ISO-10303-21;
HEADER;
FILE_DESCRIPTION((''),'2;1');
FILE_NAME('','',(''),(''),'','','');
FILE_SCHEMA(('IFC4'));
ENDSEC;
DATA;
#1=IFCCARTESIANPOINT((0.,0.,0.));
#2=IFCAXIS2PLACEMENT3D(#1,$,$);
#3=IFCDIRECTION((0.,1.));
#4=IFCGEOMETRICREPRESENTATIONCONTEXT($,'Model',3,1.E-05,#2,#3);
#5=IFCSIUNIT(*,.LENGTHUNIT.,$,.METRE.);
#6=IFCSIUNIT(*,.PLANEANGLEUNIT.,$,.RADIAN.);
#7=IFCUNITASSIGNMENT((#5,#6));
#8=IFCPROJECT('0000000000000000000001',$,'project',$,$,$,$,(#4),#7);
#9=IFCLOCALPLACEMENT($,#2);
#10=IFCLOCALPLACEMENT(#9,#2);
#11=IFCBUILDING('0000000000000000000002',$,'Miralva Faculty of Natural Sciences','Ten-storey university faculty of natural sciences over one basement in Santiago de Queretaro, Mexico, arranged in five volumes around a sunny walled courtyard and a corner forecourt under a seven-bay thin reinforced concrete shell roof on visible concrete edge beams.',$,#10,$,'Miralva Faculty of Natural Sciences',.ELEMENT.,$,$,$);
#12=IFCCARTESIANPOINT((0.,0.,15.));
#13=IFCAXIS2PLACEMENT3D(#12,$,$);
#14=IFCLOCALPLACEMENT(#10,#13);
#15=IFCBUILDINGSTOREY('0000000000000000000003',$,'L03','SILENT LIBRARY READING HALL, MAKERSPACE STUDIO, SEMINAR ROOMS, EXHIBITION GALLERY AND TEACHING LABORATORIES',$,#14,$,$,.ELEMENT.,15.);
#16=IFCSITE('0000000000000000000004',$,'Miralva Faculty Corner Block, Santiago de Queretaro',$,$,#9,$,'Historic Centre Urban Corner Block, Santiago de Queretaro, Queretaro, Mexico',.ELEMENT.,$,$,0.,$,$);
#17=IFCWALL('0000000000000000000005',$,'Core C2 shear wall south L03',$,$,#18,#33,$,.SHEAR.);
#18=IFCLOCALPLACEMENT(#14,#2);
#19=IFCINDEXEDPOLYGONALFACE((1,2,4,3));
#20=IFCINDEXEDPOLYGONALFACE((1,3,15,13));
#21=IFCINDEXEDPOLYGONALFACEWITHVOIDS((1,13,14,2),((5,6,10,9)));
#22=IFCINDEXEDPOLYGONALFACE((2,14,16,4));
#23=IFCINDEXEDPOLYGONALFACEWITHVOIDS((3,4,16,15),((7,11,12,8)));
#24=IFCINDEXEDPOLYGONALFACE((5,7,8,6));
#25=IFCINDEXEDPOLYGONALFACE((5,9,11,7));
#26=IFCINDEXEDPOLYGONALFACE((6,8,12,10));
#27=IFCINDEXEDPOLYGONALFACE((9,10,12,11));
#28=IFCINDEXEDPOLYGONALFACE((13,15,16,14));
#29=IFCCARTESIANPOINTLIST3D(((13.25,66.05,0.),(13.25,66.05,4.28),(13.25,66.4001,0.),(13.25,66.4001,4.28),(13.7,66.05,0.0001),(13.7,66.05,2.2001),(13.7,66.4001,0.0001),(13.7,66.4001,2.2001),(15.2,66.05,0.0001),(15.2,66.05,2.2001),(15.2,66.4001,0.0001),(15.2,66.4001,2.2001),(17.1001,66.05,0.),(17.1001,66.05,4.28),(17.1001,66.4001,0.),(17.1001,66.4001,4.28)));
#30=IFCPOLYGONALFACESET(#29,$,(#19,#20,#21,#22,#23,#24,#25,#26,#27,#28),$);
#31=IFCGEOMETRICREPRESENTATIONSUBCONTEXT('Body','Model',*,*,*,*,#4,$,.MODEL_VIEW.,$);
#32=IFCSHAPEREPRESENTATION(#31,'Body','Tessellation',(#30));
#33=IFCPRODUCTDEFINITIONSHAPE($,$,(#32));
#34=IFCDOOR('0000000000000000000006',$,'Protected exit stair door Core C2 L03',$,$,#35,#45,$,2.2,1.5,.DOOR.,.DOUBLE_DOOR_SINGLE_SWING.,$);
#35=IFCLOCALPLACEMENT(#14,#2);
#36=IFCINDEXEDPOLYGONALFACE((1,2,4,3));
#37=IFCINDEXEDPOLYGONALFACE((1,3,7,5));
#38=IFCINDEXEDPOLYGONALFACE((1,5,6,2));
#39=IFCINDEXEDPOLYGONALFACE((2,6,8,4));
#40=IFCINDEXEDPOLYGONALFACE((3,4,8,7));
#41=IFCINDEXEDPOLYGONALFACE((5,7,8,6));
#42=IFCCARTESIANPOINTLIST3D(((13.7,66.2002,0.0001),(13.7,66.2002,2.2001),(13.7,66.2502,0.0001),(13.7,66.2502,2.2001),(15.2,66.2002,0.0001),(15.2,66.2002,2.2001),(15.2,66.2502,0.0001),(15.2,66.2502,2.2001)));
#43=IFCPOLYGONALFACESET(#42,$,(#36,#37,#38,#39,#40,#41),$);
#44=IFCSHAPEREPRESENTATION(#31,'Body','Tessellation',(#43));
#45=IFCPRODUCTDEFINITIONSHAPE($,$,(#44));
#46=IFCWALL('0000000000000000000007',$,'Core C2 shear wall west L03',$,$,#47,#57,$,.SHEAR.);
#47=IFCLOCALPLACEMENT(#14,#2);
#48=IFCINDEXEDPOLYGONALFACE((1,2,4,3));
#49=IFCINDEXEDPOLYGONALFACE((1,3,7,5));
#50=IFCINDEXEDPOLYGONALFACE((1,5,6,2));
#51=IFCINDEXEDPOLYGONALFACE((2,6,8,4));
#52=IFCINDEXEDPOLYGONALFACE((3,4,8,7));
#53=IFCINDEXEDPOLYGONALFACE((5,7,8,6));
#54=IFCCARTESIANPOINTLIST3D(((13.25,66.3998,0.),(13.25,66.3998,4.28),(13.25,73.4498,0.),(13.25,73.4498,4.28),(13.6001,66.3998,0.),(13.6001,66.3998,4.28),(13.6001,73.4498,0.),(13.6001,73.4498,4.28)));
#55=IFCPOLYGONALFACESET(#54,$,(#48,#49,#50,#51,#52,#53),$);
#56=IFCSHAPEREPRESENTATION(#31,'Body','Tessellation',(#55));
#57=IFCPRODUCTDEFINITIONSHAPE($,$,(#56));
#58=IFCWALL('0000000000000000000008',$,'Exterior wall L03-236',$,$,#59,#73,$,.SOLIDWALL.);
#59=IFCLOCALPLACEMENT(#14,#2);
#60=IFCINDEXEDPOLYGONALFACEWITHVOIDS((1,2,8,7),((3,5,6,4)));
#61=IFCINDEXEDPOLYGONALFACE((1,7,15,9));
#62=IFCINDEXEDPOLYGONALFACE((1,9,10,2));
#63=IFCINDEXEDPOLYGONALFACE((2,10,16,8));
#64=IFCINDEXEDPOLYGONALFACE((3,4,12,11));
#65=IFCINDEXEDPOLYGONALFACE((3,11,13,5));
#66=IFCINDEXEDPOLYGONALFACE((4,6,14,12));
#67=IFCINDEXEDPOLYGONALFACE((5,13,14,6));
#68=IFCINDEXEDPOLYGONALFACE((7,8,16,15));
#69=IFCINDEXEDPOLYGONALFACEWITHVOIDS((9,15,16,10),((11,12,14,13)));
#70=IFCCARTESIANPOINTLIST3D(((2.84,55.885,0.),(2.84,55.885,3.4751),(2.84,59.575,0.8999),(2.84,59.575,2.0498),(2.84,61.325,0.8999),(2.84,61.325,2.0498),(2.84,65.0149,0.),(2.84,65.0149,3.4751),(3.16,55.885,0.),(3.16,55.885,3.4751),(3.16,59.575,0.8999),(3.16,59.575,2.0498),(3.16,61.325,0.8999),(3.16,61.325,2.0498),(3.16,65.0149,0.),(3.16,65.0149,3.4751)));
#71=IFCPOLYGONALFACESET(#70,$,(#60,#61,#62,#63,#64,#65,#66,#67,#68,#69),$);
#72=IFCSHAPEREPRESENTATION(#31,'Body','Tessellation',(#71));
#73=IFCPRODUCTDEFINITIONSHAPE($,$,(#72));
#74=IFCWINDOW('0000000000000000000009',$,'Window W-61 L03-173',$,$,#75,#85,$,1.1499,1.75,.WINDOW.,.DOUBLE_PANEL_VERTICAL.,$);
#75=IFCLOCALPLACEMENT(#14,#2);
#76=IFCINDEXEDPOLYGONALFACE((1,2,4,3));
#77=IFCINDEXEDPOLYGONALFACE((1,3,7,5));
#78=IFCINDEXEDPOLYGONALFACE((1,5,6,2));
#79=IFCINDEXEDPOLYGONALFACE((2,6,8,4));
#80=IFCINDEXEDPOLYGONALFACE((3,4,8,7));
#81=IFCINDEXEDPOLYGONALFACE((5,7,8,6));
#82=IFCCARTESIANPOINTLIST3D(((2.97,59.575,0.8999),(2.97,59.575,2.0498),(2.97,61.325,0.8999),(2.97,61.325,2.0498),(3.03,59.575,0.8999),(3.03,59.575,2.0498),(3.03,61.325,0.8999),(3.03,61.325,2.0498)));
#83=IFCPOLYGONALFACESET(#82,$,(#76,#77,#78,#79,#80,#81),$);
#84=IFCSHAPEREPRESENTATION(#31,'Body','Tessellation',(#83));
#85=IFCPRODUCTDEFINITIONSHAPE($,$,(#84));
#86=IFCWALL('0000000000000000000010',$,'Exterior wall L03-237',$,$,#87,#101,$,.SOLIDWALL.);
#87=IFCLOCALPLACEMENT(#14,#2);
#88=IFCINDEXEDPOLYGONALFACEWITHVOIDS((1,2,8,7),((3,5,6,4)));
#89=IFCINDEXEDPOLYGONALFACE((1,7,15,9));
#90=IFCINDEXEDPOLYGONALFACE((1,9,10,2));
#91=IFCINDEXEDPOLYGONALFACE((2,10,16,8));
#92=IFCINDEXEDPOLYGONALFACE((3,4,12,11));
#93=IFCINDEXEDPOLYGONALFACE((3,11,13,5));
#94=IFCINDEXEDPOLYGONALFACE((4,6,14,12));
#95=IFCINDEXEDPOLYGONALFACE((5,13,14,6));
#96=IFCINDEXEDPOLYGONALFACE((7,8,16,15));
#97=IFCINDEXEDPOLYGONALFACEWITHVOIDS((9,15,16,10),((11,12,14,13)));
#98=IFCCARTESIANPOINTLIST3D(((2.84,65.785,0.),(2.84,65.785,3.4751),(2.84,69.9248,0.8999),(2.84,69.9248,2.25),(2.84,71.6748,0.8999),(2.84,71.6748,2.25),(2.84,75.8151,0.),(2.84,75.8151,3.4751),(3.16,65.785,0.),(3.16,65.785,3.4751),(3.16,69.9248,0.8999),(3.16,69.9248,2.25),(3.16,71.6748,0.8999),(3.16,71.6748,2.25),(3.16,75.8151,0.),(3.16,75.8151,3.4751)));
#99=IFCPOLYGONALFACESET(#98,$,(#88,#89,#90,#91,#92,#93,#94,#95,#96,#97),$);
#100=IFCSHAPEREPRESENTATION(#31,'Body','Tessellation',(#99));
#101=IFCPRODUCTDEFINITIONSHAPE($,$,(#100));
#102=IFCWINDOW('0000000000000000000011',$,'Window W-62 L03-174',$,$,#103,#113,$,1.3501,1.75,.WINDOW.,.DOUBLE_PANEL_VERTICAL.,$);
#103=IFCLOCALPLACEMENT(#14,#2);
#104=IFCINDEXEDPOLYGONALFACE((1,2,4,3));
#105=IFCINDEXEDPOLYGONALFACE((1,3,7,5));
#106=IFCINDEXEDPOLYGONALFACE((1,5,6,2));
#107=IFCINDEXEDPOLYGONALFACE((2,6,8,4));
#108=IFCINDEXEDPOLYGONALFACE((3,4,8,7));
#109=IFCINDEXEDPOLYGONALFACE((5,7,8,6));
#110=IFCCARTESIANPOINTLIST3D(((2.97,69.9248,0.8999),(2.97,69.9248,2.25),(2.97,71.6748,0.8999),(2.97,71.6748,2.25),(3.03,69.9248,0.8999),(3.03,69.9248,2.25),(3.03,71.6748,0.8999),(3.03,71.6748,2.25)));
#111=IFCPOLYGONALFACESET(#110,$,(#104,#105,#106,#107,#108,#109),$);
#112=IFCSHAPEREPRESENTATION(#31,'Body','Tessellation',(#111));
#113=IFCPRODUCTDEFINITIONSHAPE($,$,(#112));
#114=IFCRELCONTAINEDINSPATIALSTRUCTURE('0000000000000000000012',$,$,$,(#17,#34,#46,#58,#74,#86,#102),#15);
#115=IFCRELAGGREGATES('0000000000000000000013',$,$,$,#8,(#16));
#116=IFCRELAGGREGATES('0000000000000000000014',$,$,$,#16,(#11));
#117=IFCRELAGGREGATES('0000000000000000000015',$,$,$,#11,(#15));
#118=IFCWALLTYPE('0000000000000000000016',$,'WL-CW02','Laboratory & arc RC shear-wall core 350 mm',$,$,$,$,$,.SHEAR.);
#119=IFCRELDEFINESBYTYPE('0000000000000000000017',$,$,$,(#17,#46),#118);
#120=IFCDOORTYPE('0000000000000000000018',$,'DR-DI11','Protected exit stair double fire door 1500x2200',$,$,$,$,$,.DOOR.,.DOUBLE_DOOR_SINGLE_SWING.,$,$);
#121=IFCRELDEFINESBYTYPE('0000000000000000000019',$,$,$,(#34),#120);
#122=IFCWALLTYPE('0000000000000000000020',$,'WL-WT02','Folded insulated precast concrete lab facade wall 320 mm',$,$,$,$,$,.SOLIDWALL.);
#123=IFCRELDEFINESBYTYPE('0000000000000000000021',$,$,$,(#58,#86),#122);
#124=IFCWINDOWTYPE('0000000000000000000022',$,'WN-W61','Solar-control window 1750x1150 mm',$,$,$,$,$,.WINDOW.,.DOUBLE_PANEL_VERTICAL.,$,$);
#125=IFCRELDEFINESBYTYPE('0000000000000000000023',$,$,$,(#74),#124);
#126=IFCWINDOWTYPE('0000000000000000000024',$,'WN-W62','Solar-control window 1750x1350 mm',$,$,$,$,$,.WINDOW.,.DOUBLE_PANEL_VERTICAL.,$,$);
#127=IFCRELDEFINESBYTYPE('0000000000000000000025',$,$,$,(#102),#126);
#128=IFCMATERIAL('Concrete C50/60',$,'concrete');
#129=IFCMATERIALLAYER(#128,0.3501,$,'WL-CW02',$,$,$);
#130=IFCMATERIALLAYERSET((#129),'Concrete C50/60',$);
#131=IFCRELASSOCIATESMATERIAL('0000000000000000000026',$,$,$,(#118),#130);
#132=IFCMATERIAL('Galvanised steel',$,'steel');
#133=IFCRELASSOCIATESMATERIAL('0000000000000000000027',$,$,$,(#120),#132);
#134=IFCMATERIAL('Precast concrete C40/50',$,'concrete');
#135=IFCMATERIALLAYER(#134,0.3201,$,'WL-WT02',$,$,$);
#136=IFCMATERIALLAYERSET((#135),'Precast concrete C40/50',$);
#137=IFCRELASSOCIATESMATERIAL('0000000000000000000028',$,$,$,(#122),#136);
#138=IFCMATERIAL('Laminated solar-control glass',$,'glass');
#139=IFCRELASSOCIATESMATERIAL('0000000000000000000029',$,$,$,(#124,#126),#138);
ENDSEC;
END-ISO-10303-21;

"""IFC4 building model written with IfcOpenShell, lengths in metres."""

from ifc_helpers import new_model, si_unit, direction, frame, frame_2d, origin, place, context, subcontext, project, spatial, rectangle, extrude, material, layer, layer_set, type_object, element, fill, save


model = new_model("IFC4")

# Units and contexts
model_context = context("Model", 3, precision=1e-05, world=origin(), true_north=direction((0.0, 1.0)))
body_context = subcontext(model_context, "Body", "Model", "MODEL_VIEW")
ifc_project = project(units=[si_unit("LENGTHUNIT", "METRE"), si_unit("PLANEANGLEUNIT", "RADIAN")], contexts=[model_context])

# Site, building, storey
site_placement = place(None, origin())
site = spatial("IfcSite", under=ifc_project, at=site_placement, Name="Miralva Faculty Corner Block, Santiago de Queretaro", LongName="Historic Centre Urban Corner Block, Santiago de Queretaro, Queretaro, Mexico", CompositionType="ELEMENT", RefElevation=0.0)
building_placement = place(site_placement, origin())
building = spatial("IfcBuilding", under=site, at=building_placement, Name="Miralva Faculty of Natural Sciences", Description="Ten-storey university faculty of natural sciences over one basement in Santiago de Queretaro, Mexico, arranged in five volumes around a sunny walled courtyard and a corner forecourt under a seven-bay thin reinforced concrete shell roof on visible concrete edge beams.", LongName="Miralva Faculty of Natural Sciences", CompositionType="ELEMENT")
storey_placement = place(building_placement, frame((0.0, 0.0, 15.0)))
storey = spatial("IfcBuildingStorey", under=building, at=storey_placement, Name="L03", Description="SILENT LIBRARY READING HALL, MAKERSPACE STUDIO, SEMINAR ROOMS, EXHIBITION GALLERY AND TEACHING LABORATORIES", CompositionType="ELEMENT", Elevation=15.0)

# Wall, opening, door
ifc_material_1 = material(Name="Concrete C50/60", Category="concrete")
ifc_layer_1 = layer(ifc_material_1, 0.3501, Name="WL-CW02")
ifc_layer_set_1 = layer_set([ifc_layer_1], Name="Concrete C50/60")
wall_type_1 = type_object("IfcWallType", Name="WL-CW02", Description="Laboratory & arc RC shear-wall core 350 mm", PredefinedType="SHEAR", material=ifc_layer_set_1)
wall_1_placement = place(storey_placement, frame((13.25, 66.2251, 0.0), z_axis=(0.0, 0.0, 1.0), x_axis=(1.0, 0.0, 0.0)))
wall_1 = element("IfcWall", 1, at=wall_1_placement, inside=storey, type_object=wall_type_1, Name="Core C2 shear wall south L03", PredefinedType="SHEAR", context=body_context, shape_type="SweptSolid", body=[
    extrude(rectangle(XDim=3.8501, YDim=0.3501, at=frame_2d((1.925, 0.0))), origin(), (0.0, 0.0, 1.0), 4.28),
])
opening_1_placement = place(wall_1_placement, frame((0.45, 0.0, 0.0)))
opening_1 = element("IfcOpeningElement", 2, at=opening_1_placement, cuts=wall_1, PredefinedType="OPENING", context=body_context, shape_type="SweptSolid", body=[
    extrude(rectangle(XDim=1.5, YDim=2.2, at=frame_2d((0.75, 1.1001))), frame((0.0, 0.1851, 0.0), z_axis=(0.0, -1.0, 0.0), x_axis=(1.0, 0.0, 0.0)), (0.0, 0.0, 1.0), 0.3701),
])
ifc_material_2 = material(Name="Galvanised steel", Category="steel")
door_type = type_object("IfcDoorType", Name="DR-DI11", Description="Protected exit stair double fire door 1500x2200", OperationType="DOUBLE_DOOR_SINGLE_SWING", PredefinedType="DOOR", material=ifc_material_2)
door_placement = place(opening_1_placement, frame((1.5, 0.0, 0.0), z_axis=(0.0, 0.0, 1.0), x_axis=(-1.0, 0.0, 0.0)))
door = element("IfcDoor", 3, at=door_placement, inside=storey, type_object=door_type, Name="Protected exit stair door Core C2 L03", OperationType="DOUBLE_DOOR_SINGLE_SWING", OverallHeight=2.2, OverallWidth=1.5, PredefinedType="DOOR", context=body_context, shape_type="SweptSolid", body=[
    extrude(rectangle(XDim=1.5, YDim=2.2, at=frame_2d((0.75, 1.1001))), frame((0.0, 0.0249, 0.0), z_axis=(0.0, -1.0, 0.0), x_axis=(1.0, 0.0, 0.0)), (0.0, 0.0, 1.0), 0.05),
])
fill(opening_1, door)

# Wall
wall_2_placement = place(storey_placement, frame((13.425, 66.3999, 0.0), z_axis=(0.0, 0.0, 1.0), x_axis=(0.0, 1.0, 0.0)))
element("IfcWall", 4, at=wall_2_placement, inside=storey, type_object=wall_type_1, Name="Core C2 shear wall west L03", PredefinedType="SHEAR", context=body_context, shape_type="SweptSolid", body=[
    extrude(rectangle(XDim=7.05, YDim=0.3501, at=frame_2d((3.5249, 0.0))), origin(), (0.0, 0.0, 1.0), 4.28),
])

# Walls, openings, windows
ifc_material_3 = material(Name="Precast concrete C40/50", Category="concrete")
ifc_layer_2 = layer(ifc_material_3, 0.3201, Name="WL-WT02")
ifc_layer_set_2 = layer_set([ifc_layer_2], Name="Precast concrete C40/50")
wall_type_2 = type_object("IfcWallType", Name="WL-WT02", Description="Folded insulated precast concrete lab facade wall 320 mm", PredefinedType="SOLIDWALL", material=ifc_layer_set_2)
wall_3_placement = place(storey_placement, frame((3.0, 55.885, 0.0), z_axis=(0.0, 0.0, 1.0), x_axis=(0.0, 1.0, 0.0)))
wall_3 = element("IfcWall", 5, at=wall_3_placement, inside=storey, type_object=wall_type_2, Name="Exterior wall L03-236", PredefinedType="SOLIDWALL", context=body_context, shape_type="SweptSolid", body=[
    extrude(rectangle(XDim=9.1299, YDim=0.3201, at=frame_2d((4.5649, 0.0))), origin(), (0.0, 0.0, 1.0), 3.4751),
])
opening_2_placement = place(wall_3_placement, frame((3.6899, 0.0, 0.8999)))
opening_2 = element("IfcOpeningElement", 6, at=opening_2_placement, cuts=wall_3, PredefinedType="OPENING", context=body_context, shape_type="SweptSolid", body=[
    extrude(rectangle(XDim=1.75, YDim=1.1499, at=frame_2d((0.875, 0.575))), frame((0.0, 0.1699, 0.0), z_axis=(0.0, -1.0, 0.0), x_axis=(1.0, 0.0, 0.0)), (0.0, 0.0, 1.0), 0.3401),
])
ifc_material_4 = material(Name="Laminated solar-control glass", Category="glass")
window_type_1 = type_object("IfcWindowType", Name="WN-W61", Description="Solar-control window 1750x1150 mm", PartitioningType="DOUBLE_PANEL_VERTICAL", PredefinedType="WINDOW", material=ifc_material_4)
window_1_placement = place(opening_2_placement, origin())
window_1 = element("IfcWindow", 7, at=window_1_placement, inside=storey, type_object=window_type_1, Name="Window W-61 L03-173", OverallHeight=1.1499, OverallWidth=1.75, PartitioningType="DOUBLE_PANEL_VERTICAL", PredefinedType="WINDOW", context=body_context, shape_type="SweptSolid", body=[
    extrude(rectangle(XDim=1.75, YDim=1.1499, at=frame_2d((0.875, 0.575))), frame((0.0, 0.03, 0.0), z_axis=(0.0, -1.0, 0.0), x_axis=(1.0, 0.0, 0.0)), (0.0, 0.0, 1.0), 0.0601),
])
fill(opening_2, window_1)
wall_4_placement = place(storey_placement, frame((3.0, 65.7849, 0.0), z_axis=(0.0, 0.0, 1.0), x_axis=(0.0, 1.0, 0.0)))
wall_4 = element("IfcWall", 8, at=wall_4_placement, inside=storey, type_object=wall_type_2, Name="Exterior wall L03-237", PredefinedType="SOLIDWALL", context=body_context, shape_type="SweptSolid", body=[
    extrude(rectangle(XDim=10.03, YDim=0.3201, at=frame_2d((5.0151, 0.0))), origin(), (0.0, 0.0, 1.0), 3.4751),
])
opening_3_placement = place(wall_4_placement, frame((4.1399, 0.0, 0.8999)))
opening_3 = element("IfcOpeningElement", 9, at=opening_3_placement, cuts=wall_4, PredefinedType="OPENING", context=body_context, shape_type="SweptSolid", body=[
    extrude(rectangle(XDim=1.75, YDim=1.3501, at=frame_2d((0.875, 0.675))), frame((0.0, 0.1699, 0.0), z_axis=(0.0, -1.0, 0.0), x_axis=(1.0, 0.0, 0.0)), (0.0, 0.0, 1.0), 0.3401),
])
window_type_2 = type_object("IfcWindowType", Name="WN-W62", Description="Solar-control window 1750x1350 mm", PartitioningType="DOUBLE_PANEL_VERTICAL", PredefinedType="WINDOW", material=ifc_material_4)
window_2_placement = place(opening_3_placement, origin())
window_2 = element("IfcWindow", 10, at=window_2_placement, inside=storey, type_object=window_type_2, Name="Window W-62 L03-174", OverallHeight=1.3501, OverallWidth=1.75, PartitioningType="DOUBLE_PANEL_VERTICAL", PredefinedType="WINDOW", context=body_context, shape_type="SweptSolid", body=[
    extrude(rectangle(XDim=1.75, YDim=1.3501, at=frame_2d((0.875, 0.675))), frame((0.0, 0.03, 0.0), z_axis=(0.0, -1.0, 0.0), x_axis=(1.0, 0.0, 0.0)), (0.0, 0.0, 1.0), 0.0601),
])
fill(opening_3, window_2)

save(model, "model.ifc")
